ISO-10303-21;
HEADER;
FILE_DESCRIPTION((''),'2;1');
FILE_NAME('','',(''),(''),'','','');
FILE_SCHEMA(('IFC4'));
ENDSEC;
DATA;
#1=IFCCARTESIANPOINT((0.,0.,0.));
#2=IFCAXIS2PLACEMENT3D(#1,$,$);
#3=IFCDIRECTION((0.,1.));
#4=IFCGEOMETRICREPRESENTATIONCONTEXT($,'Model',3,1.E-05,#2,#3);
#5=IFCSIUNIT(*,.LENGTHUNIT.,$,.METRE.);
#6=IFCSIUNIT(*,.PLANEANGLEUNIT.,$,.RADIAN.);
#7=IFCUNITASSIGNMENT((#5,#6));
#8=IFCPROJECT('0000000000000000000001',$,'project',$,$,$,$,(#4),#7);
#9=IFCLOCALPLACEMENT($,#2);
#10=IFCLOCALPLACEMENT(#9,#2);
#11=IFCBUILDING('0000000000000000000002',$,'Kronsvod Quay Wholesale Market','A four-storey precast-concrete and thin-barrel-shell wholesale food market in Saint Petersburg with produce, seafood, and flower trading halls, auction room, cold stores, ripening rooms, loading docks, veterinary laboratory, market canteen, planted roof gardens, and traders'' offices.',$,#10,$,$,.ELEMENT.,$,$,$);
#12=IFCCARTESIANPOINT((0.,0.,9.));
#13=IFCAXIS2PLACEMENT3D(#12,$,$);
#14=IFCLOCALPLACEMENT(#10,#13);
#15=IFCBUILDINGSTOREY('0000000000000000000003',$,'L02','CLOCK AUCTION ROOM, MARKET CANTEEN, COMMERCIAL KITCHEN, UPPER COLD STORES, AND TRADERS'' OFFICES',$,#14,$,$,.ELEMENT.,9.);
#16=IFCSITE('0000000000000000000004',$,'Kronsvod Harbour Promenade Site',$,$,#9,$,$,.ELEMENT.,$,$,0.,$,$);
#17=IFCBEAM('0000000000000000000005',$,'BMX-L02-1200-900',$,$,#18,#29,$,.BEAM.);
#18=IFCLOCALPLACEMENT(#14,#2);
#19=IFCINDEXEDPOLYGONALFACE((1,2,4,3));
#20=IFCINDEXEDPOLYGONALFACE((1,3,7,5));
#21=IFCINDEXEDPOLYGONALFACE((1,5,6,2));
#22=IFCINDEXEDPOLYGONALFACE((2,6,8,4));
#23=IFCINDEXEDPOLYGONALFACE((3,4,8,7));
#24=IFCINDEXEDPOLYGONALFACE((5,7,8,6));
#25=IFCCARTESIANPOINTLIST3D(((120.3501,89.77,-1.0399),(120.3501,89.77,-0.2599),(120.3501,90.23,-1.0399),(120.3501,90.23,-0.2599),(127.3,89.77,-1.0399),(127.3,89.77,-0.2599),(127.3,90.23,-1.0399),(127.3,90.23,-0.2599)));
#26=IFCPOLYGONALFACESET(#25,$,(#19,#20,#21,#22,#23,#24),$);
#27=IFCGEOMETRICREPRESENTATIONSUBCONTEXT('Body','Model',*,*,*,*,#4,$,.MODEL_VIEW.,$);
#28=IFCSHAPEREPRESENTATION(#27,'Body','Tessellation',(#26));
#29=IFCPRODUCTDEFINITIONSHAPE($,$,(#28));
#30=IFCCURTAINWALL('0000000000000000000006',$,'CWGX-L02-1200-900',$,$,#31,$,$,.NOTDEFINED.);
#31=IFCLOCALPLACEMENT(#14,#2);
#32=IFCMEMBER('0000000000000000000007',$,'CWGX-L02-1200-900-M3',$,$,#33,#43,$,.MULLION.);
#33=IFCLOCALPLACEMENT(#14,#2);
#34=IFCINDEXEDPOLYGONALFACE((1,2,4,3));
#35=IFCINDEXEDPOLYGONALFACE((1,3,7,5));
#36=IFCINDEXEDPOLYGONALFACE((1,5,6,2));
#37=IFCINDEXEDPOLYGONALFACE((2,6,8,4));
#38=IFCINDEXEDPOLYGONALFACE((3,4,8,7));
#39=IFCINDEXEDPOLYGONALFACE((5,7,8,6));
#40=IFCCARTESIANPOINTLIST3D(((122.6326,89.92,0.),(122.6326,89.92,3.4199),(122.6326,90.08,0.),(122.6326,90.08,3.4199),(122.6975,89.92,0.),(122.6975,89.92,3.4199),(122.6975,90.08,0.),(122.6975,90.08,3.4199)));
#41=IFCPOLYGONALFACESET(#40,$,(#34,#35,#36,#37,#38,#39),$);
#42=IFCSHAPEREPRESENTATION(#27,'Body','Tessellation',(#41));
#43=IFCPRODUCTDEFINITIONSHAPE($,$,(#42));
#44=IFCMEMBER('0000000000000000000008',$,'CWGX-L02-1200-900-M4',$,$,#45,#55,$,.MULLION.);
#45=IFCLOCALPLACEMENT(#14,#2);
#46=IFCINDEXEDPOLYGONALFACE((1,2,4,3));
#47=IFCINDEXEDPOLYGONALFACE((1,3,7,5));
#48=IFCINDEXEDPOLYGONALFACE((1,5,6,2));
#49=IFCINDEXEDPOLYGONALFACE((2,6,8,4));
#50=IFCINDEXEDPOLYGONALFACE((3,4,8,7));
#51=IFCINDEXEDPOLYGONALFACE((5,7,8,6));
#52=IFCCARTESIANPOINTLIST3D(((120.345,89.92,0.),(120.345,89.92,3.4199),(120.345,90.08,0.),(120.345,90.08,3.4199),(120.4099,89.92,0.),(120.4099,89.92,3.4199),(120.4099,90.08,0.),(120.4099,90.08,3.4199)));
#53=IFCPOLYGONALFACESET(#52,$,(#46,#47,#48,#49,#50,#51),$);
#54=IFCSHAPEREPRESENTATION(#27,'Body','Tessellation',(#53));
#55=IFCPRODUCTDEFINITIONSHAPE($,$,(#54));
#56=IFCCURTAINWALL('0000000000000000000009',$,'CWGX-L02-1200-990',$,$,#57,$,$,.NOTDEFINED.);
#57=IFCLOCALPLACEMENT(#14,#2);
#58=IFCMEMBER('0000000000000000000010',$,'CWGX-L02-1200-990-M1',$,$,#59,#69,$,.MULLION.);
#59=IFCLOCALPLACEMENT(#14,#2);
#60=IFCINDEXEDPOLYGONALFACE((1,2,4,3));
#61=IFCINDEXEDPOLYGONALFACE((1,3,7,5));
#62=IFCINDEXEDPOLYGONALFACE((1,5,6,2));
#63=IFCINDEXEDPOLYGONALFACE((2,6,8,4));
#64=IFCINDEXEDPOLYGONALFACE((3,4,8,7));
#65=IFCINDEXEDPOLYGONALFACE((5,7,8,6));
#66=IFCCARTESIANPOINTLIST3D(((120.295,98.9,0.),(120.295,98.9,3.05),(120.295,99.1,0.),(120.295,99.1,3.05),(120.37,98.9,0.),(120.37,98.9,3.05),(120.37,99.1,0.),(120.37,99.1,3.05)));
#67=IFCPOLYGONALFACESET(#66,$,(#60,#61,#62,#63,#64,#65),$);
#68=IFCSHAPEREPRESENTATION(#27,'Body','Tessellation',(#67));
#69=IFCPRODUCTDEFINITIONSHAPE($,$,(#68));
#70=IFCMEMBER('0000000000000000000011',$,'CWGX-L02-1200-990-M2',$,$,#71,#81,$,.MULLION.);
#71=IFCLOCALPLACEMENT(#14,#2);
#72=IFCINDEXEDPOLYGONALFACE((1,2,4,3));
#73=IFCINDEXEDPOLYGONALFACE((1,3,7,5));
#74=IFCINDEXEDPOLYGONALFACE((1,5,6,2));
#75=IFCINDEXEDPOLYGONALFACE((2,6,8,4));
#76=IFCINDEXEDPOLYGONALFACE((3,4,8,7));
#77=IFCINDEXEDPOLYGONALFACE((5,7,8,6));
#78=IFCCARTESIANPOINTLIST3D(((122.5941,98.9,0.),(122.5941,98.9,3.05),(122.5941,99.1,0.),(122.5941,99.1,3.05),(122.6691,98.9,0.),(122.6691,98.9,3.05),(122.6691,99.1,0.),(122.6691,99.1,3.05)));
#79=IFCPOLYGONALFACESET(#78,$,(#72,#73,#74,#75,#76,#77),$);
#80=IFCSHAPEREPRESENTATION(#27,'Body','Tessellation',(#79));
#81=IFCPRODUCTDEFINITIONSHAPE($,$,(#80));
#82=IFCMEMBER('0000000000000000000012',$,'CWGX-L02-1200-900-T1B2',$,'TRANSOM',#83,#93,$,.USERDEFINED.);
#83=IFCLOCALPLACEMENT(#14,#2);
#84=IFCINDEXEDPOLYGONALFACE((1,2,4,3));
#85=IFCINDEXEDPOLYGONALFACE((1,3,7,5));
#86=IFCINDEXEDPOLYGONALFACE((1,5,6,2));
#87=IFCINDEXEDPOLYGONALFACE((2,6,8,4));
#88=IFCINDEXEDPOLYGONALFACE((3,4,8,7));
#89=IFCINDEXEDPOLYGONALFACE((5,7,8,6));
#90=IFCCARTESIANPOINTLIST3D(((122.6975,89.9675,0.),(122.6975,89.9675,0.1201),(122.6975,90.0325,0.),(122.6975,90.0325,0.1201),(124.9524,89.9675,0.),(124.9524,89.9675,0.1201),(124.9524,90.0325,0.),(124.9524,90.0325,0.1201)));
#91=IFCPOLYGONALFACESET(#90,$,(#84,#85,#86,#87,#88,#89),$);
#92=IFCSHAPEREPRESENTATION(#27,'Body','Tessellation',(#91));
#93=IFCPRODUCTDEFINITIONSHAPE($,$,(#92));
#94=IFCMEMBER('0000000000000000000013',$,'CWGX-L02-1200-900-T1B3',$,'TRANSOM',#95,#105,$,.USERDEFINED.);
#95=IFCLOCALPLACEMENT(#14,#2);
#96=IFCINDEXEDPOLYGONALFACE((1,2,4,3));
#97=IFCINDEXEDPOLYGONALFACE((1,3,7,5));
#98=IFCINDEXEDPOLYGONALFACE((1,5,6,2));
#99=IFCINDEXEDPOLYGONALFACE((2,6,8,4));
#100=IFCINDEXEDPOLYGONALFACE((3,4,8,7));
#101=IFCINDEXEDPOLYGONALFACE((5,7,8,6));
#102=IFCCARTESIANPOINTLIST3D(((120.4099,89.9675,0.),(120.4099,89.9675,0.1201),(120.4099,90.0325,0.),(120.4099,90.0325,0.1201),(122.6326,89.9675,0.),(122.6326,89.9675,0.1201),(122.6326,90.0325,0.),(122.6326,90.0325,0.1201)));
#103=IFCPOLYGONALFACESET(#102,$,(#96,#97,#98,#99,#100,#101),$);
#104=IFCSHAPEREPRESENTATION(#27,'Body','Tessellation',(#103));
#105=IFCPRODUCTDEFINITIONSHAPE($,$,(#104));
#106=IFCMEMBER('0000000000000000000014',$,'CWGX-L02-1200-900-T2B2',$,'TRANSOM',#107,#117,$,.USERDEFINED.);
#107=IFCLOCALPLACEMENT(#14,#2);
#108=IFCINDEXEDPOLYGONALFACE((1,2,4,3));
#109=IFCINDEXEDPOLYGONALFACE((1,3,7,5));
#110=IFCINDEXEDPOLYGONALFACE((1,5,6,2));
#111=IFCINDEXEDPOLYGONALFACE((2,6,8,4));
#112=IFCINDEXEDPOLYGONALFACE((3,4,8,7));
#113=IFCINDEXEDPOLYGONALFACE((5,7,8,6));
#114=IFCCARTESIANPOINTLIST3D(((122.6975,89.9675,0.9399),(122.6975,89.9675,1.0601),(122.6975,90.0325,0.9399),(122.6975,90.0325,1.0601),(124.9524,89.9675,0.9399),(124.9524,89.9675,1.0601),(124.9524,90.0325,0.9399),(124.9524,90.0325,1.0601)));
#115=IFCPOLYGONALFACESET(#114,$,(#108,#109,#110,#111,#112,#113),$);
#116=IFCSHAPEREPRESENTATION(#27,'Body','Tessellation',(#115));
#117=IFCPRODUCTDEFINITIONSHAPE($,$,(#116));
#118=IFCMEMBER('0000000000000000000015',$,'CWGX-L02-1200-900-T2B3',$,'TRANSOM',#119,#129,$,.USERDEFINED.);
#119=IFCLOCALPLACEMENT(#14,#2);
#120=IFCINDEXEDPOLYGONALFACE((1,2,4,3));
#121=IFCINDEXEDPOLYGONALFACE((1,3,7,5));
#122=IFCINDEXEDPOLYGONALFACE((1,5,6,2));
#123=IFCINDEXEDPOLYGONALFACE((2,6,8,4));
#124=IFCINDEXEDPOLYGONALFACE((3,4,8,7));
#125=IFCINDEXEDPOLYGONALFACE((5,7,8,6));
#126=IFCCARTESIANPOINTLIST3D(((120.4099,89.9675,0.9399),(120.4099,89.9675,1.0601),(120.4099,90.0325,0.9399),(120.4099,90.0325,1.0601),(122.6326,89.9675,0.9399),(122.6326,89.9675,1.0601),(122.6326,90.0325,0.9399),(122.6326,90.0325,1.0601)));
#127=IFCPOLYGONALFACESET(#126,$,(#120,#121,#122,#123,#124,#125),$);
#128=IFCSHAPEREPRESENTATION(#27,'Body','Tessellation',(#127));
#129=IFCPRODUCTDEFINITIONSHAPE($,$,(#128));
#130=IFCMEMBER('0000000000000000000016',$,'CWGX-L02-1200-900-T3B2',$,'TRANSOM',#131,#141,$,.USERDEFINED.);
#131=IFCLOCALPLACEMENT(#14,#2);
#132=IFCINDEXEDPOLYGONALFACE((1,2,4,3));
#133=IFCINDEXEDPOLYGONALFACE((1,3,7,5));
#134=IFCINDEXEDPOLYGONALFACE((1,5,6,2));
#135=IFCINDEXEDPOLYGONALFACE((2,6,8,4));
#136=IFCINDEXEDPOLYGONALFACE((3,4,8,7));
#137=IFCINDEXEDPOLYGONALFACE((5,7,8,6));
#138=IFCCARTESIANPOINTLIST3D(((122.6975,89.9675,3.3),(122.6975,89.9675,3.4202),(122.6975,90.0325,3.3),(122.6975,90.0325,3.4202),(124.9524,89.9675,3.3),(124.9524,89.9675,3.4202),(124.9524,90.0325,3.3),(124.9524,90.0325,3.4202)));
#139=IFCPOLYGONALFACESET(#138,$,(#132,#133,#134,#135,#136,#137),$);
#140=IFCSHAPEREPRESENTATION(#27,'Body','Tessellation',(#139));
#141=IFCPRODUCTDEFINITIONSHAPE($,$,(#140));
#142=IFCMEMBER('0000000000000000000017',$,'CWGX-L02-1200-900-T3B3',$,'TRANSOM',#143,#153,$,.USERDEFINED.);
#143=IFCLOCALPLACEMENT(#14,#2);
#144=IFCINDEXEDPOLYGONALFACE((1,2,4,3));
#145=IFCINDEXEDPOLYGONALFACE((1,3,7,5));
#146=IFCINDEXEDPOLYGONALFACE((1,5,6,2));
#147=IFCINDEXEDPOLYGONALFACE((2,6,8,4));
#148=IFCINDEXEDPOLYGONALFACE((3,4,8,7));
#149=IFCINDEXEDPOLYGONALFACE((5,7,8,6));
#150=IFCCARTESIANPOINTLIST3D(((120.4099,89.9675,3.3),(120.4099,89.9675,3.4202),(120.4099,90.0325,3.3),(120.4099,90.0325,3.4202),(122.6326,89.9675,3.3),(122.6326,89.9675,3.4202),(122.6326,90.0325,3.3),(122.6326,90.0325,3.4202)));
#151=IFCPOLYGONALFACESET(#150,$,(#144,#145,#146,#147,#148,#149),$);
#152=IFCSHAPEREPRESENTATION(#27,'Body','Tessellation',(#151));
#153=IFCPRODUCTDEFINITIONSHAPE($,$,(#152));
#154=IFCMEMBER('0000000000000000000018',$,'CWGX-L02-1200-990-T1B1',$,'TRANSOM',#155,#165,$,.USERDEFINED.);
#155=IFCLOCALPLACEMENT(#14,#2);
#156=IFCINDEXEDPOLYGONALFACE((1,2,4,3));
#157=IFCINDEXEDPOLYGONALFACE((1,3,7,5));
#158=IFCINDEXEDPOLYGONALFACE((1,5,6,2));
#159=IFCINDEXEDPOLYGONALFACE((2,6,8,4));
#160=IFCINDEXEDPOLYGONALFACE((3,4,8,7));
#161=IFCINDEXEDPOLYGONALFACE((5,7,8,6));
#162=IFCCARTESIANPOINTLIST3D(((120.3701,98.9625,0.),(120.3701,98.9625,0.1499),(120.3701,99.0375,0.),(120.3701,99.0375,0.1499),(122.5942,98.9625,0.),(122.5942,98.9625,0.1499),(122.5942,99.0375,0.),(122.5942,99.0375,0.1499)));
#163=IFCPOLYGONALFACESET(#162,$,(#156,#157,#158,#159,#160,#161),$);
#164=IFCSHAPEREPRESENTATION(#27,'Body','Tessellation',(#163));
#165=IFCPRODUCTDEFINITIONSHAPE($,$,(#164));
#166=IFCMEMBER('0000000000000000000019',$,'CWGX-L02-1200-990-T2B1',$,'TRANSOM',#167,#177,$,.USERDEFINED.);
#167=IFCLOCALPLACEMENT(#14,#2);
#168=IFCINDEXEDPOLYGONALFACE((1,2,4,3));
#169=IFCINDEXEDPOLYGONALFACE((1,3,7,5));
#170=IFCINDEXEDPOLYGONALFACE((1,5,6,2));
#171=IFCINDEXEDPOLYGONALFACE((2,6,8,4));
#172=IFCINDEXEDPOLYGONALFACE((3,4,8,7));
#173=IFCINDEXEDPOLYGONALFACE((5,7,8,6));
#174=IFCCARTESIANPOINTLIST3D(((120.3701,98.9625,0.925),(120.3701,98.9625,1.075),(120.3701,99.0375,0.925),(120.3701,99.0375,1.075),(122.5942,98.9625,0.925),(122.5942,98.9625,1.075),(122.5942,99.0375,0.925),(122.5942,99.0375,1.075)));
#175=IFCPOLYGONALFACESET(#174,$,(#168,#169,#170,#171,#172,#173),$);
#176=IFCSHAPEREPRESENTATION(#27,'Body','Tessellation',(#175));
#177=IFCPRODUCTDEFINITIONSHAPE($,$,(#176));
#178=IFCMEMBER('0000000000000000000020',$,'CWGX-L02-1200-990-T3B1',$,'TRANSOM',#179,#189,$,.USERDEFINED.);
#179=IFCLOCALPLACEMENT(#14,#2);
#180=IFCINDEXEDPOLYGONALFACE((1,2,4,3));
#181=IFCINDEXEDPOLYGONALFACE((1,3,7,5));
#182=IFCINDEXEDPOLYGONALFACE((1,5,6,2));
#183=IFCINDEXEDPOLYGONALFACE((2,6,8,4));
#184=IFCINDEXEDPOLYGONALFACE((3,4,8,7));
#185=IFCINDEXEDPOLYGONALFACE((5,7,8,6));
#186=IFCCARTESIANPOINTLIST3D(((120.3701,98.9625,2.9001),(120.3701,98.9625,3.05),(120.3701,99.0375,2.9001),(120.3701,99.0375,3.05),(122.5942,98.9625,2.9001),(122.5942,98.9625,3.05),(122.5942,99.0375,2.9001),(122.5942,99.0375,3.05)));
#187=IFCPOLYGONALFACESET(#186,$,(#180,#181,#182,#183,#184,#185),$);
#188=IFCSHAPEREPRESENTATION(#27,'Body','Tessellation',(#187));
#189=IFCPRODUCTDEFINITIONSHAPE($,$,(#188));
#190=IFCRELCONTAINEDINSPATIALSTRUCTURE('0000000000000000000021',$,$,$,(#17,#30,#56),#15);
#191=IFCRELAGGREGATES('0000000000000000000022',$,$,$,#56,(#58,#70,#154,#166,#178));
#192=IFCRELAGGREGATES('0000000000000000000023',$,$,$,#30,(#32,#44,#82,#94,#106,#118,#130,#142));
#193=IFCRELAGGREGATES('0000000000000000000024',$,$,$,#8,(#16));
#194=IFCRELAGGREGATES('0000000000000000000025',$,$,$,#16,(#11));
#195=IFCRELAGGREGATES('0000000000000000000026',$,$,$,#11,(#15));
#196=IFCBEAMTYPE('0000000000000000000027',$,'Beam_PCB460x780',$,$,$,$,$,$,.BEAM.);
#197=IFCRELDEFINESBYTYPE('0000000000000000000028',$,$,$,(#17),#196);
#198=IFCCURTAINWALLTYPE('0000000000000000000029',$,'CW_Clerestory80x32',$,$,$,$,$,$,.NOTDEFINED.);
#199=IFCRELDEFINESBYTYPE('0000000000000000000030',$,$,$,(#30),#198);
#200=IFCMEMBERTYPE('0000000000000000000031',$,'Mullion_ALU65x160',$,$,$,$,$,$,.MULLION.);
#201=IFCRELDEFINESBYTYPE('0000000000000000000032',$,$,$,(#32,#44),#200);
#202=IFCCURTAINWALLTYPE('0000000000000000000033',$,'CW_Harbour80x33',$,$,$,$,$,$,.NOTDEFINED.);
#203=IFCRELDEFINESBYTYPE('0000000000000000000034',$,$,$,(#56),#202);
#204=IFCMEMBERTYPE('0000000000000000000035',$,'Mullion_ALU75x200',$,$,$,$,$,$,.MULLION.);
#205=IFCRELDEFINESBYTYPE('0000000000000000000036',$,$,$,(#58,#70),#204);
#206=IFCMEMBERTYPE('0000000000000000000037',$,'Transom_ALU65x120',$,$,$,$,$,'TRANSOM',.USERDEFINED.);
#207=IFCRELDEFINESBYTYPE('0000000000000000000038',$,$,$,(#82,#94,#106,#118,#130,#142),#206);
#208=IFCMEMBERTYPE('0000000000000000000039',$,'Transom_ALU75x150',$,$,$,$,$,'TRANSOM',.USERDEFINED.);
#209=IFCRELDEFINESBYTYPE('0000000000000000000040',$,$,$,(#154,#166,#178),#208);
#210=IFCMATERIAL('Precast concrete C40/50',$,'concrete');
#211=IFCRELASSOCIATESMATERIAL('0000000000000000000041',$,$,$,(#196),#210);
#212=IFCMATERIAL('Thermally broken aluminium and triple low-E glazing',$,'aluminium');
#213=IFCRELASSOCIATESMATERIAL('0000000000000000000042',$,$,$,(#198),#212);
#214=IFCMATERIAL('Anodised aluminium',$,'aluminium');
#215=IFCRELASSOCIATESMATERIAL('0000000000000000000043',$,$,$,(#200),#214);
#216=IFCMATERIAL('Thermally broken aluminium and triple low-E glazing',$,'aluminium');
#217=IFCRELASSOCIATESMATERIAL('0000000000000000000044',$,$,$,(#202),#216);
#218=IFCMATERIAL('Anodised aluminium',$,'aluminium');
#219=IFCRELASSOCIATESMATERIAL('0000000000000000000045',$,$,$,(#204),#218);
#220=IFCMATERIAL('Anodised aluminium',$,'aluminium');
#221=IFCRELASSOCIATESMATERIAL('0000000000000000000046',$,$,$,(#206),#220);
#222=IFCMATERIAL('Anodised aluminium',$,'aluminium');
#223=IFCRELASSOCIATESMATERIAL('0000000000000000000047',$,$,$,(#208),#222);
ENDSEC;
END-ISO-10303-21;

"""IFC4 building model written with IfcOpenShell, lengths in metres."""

from ifc_helpers import new_model, si_unit, direction, frame, origin, origin_2d, place, context, subcontext, project, spatial, rectangle, extrude, material, material_profile, profile_set, type_object, element, aggregate, save


model = new_model("IFC4")

# Units and contexts
model_context = context("Model", 3, precision=1e-05, world=origin(), true_north=direction((0.0, 1.0)))
body_context = subcontext(model_context, "Body", "Model", "MODEL_VIEW")
ifc_project = project(units=[si_unit("LENGTHUNIT", "METRE"), si_unit("PLANEANGLEUNIT", "RADIAN")], contexts=[model_context])

# Site, building, storey
site_placement = place(None, origin())
site = spatial("IfcSite", under=ifc_project, at=site_placement, Name="Kronsvod Harbour Promenade Site", CompositionType="ELEMENT", RefElevation=0.0)
building_placement = place(site_placement, origin())
building = spatial("IfcBuilding", under=site, at=building_placement, Name="Kronsvod Quay Wholesale Market", Description="A four-storey precast-concrete and thin-barrel-shell wholesale food market in Saint Petersburg with produce, seafood, and flower trading halls, auction room, cold stores, ripening rooms, loading docks, veterinary laboratory, market canteen, planted roof gardens, and traders' offices.", CompositionType="ELEMENT")
storey_placement = place(building_placement, frame((0.0, 0.0, 9.0)))
storey = spatial("IfcBuildingStorey", under=building, at=storey_placement, Name="L02", Description="CLOCK AUCTION ROOM, MARKET CANTEEN, COMMERCIAL KITCHEN, UPPER COLD STORES, AND TRADERS' OFFICES", CompositionType="ELEMENT", Elevation=9.0)

# Beam
ifc_material_1 = material(Name="Precast concrete C40/50", Category="concrete")
ifc_material_profile_1 = material_profile(ifc_material_1, rectangle(XDim=0.46, YDim=0.78, at=origin_2d()), Name="PB-03")
ifc_profile_set_1 = profile_set([ifc_material_profile_1], Name="Precast concrete C40/50")
beam_type = type_object("IfcBeamType", Name="Beam_PCB460x780", PredefinedType="BEAM", material=ifc_profile_set_1)
beam_placement = place(storey_placement, frame((120.3501, 90.0, -0.6499), z_axis=(1.0, 0.0, 0.0), x_axis=(0.0, 1.0, 0.0)))
element("IfcBeam", 1, at=beam_placement, inside=storey, type_object=beam_type, Name="BMX-L02-1200-900", PredefinedType="BEAM", context=body_context, shape_type="SweptSolid", body=[
    extrude(rectangle(XDim=0.46, YDim=0.78, at=origin_2d()), origin(), (0.0, 0.0, 1.0), 6.95),
])

# Curtain walls, members
ifc_material_2 = material(Name="Thermally broken aluminium and triple low-E glazing", Category="aluminium")
curtain_wall_type_1 = type_object("IfcCurtainWallType", Name="CW_Clerestory80x32", PredefinedType="NOTDEFINED", material=ifc_material_2)
curtain_wall_1_placement = place(storey_placement, origin())
curtain_wall_1 = element("IfcCurtainWall", 2, at=curtain_wall_1_placement, inside=storey, type_object=curtain_wall_type_1, Name="CWGX-L02-1200-900", PredefinedType="NOTDEFINED")
ifc_material_3 = material(Name="Anodised aluminium", Category="aluminium")
ifc_material_profile_2 = material_profile(ifc_material_3, rectangle(XDim=0.0649, YDim=0.1599, at=origin_2d()), Name="ALUM65x160")
ifc_profile_set_2 = profile_set([ifc_material_profile_2], Name="Anodised aluminium")
member_type_1 = type_object("IfcMemberType", Name="Mullion_ALU65x160", PredefinedType="MULLION", material=ifc_profile_set_2)
member_1_placement = place(storey_placement, frame((122.665, 90.0, 0.0), z_axis=(0.0, 0.0, 1.0), x_axis=(1.0, 0.0, 0.0)))
member_1 = element("IfcMember", 3, at=member_1_placement, type_object=member_type_1, Name="CWGX-L02-1200-900-M3", PredefinedType="MULLION", context=body_context, shape_type="SweptSolid", body=[
    extrude(rectangle(XDim=0.0649, YDim=0.1599, at=origin_2d()), origin(), (0.0, 0.0, 1.0), 3.4199),
])
member_2_placement = place(storey_placement, frame((120.3774, 90.0, 0.0), z_axis=(0.0, 0.0, 1.0), x_axis=(1.0, 0.0, 0.0)))
member_2 = element("IfcMember", 4, at=member_2_placement, type_object=member_type_1, Name="CWGX-L02-1200-900-M4", PredefinedType="MULLION", context=body_context, shape_type="SweptSolid", body=[
    extrude(rectangle(XDim=0.0649, YDim=0.1599, at=origin_2d()), origin(), (0.0, 0.0, 1.0), 3.4199),
])
ifc_material_4 = material(Name="Thermally broken aluminium and triple low-E glazing", Category="aluminium")
curtain_wall_type_2 = type_object("IfcCurtainWallType", Name="CW_Harbour80x33", PredefinedType="NOTDEFINED", material=ifc_material_4)
curtain_wall_2_placement = place(storey_placement, origin())
curtain_wall_2 = element("IfcCurtainWall", 5, at=curtain_wall_2_placement, inside=storey, type_object=curtain_wall_type_2, Name="CWGX-L02-1200-990", PredefinedType="NOTDEFINED")
ifc_material_5 = material(Name="Anodised aluminium", Category="aluminium")
ifc_material_profile_3 = material_profile(ifc_material_5, rectangle(XDim=0.075, YDim=0.2, at=origin_2d()), Name="ALUM75x200")
ifc_profile_set_3 = profile_set([ifc_material_profile_3], Name="Anodised aluminium")
member_type_2 = type_object("IfcMemberType", Name="Mullion_ALU75x200", PredefinedType="MULLION", material=ifc_profile_set_3)
member_3_placement = place(storey_placement, frame((120.3325, 99.0, 0.0), z_axis=(0.0, 0.0, 1.0), x_axis=(1.0, 0.0, 0.0)))
member_3 = element("IfcMember", 6, at=member_3_placement, type_object=member_type_2, Name="CWGX-L02-1200-990-M1", PredefinedType="MULLION", context=body_context, shape_type="SweptSolid", body=[
    extrude(rectangle(XDim=0.075, YDim=0.2, at=origin_2d()), origin(), (0.0, 0.0, 1.0), 3.05),
])
member_4_placement = place(storey_placement, frame((122.6316, 99.0, 0.0), z_axis=(0.0, 0.0, 1.0), x_axis=(1.0, 0.0, 0.0)))
member_4 = element("IfcMember", 7, at=member_4_placement, type_object=member_type_2, Name="CWGX-L02-1200-990-M2", PredefinedType="MULLION", context=body_context, shape_type="SweptSolid", body=[
    extrude(rectangle(XDim=0.075, YDim=0.2, at=origin_2d()), origin(), (0.0, 0.0, 1.0), 3.05),
])

# Members
ifc_material_6 = material(Name="Anodised aluminium", Category="aluminium")
ifc_material_profile_4 = material_profile(ifc_material_6, rectangle(XDim=0.0649, YDim=0.1201, at=origin_2d()), Name="ALUT65x120")
ifc_profile_set_4 = profile_set([ifc_material_profile_4], Name="Anodised aluminium")
member_type_3 = type_object("IfcMemberType", Name="Transom_ALU65x120", ElementType="TRANSOM", PredefinedType="USERDEFINED", material=ifc_profile_set_4)
member_5_placement = place(storey_placement, frame((124.9524, 90.0, 0.0601), z_axis=(-1.0, 0.0, 0.0), x_axis=(0.0, -1.0, 0.0)))
member_5 = element("IfcMember", 8, at=member_5_placement, type_object=member_type_3, Name="CWGX-L02-1200-900-T1B2", ObjectType="TRANSOM", PredefinedType="USERDEFINED", context=body_context, shape_type="SweptSolid", body=[
    extrude(rectangle(XDim=0.0649, YDim=0.1201, at=origin_2d()), origin(), (0.0, 0.0, 1.0), 2.2549),
])
member_6_placement = place(storey_placement, frame((122.6326, 90.0, 0.0601), z_axis=(-1.0, 0.0, 0.0), x_axis=(0.0, -1.0, 0.0)))
member_6 = element("IfcMember", 9, at=member_6_placement, type_object=member_type_3, Name="CWGX-L02-1200-900-T1B3", ObjectType="TRANSOM", PredefinedType="USERDEFINED", context=body_context, shape_type="SweptSolid", body=[
    extrude(rectangle(XDim=0.0649, YDim=0.1201, at=origin_2d()), origin(), (0.0, 0.0, 1.0), 2.2227),
])
member_7_placement = place(storey_placement, frame((124.9524, 90.0, 1.0), z_axis=(-1.0, 0.0, 0.0), x_axis=(0.0, -1.0, 0.0)))
member_7 = element("IfcMember", 10, at=member_7_placement, type_object=member_type_3, Name="CWGX-L02-1200-900-T2B2", ObjectType="TRANSOM", PredefinedType="USERDEFINED", context=body_context, shape_type="SweptSolid", body=[
    extrude(rectangle(XDim=0.0649, YDim=0.1201, at=origin_2d()), origin(), (0.0, 0.0, 1.0), 2.2549),
])
member_8_placement = place(storey_placement, frame((122.6326, 90.0, 1.0), z_axis=(-1.0, 0.0, 0.0), x_axis=(0.0, -1.0, 0.0)))
member_8 = element("IfcMember", 11, at=member_8_placement, type_object=member_type_3, Name="CWGX-L02-1200-900-T2B3", ObjectType="TRANSOM", PredefinedType="USERDEFINED", context=body_context, shape_type="SweptSolid", body=[
    extrude(rectangle(XDim=0.0649, YDim=0.1201, at=origin_2d()), origin(), (0.0, 0.0, 1.0), 2.2227),
])
member_9_placement = place(storey_placement, frame((124.9524, 90.0, 3.3601), z_axis=(-1.0, 0.0, 0.0), x_axis=(0.0, -1.0, 0.0)))
member_9 = element("IfcMember", 12, at=member_9_placement, type_object=member_type_3, Name="CWGX-L02-1200-900-T3B2", ObjectType="TRANSOM", PredefinedType="USERDEFINED", context=body_context, shape_type="SweptSolid", body=[
    extrude(rectangle(XDim=0.0649, YDim=0.1201, at=origin_2d()), origin(), (0.0, 0.0, 1.0), 2.2549),
])
member_10_placement = place(storey_placement, frame((122.6326, 90.0, 3.3601), z_axis=(-1.0, 0.0, 0.0), x_axis=(0.0, -1.0, 0.0)))
member_10 = element("IfcMember", 13, at=member_10_placement, type_object=member_type_3, Name="CWGX-L02-1200-900-T3B3", ObjectType="TRANSOM", PredefinedType="USERDEFINED", context=body_context, shape_type="SweptSolid", body=[
    extrude(rectangle(XDim=0.0649, YDim=0.1201, at=origin_2d()), origin(), (0.0, 0.0, 1.0), 2.2227),
])
ifc_material_7 = material(Name="Anodised aluminium", Category="aluminium")
ifc_material_profile_5 = material_profile(ifc_material_7, rectangle(XDim=0.075, YDim=0.1499, at=origin_2d()), Name="ALUT75x150")
ifc_profile_set_5 = profile_set([ifc_material_profile_5], Name="Anodised aluminium")
member_type_4 = type_object("IfcMemberType", Name="Transom_ALU75x150", ElementType="TRANSOM", PredefinedType="USERDEFINED", material=ifc_profile_set_5)
member_11_placement = place(storey_placement, frame((120.3701, 99.0, 0.075), z_axis=(1.0, 0.0, 0.0), x_axis=(0.0, 1.0, 0.0)))
member_11 = element("IfcMember", 14, at=member_11_placement, type_object=member_type_4, Name="CWGX-L02-1200-990-T1B1", ObjectType="TRANSOM", PredefinedType="USERDEFINED", context=body_context, shape_type="SweptSolid", body=[
    extrude(rectangle(XDim=0.075, YDim=0.1499, at=origin_2d()), origin(), (0.0, 0.0, 1.0), 2.2241),
])
member_12_placement = place(storey_placement, frame((120.3701, 99.0, 1.0), z_axis=(1.0, 0.0, 0.0), x_axis=(0.0, 1.0, 0.0)))
member_12 = element("IfcMember", 15, at=member_12_placement, type_object=member_type_4, Name="CWGX-L02-1200-990-T2B1", ObjectType="TRANSOM", PredefinedType="USERDEFINED", context=body_context, shape_type="SweptSolid", body=[
    extrude(rectangle(XDim=0.075, YDim=0.1499, at=origin_2d()), origin(), (0.0, 0.0, 1.0), 2.2241),
])
member_13_placement = place(storey_placement, frame((120.3701, 99.0, 2.9751), z_axis=(1.0, 0.0, 0.0), x_axis=(0.0, 1.0, 0.0)))
member_13 = element("IfcMember", 16, at=member_13_placement, type_object=member_type_4, Name="CWGX-L02-1200-990-T3B1", ObjectType="TRANSOM", PredefinedType="USERDEFINED", context=body_context, shape_type="SweptSolid", body=[
    extrude(rectangle(XDim=0.075, YDim=0.1499, at=origin_2d()), origin(), (0.0, 0.0, 1.0), 2.2241),
])

aggregate(curtain_wall_2, [member_3, member_4, member_11, member_12, member_13])
aggregate(curtain_wall_1, [member_1, member_2, member_5, member_6, member_7, member_8, member_9, member_10])

save(model, "model.ifc")
